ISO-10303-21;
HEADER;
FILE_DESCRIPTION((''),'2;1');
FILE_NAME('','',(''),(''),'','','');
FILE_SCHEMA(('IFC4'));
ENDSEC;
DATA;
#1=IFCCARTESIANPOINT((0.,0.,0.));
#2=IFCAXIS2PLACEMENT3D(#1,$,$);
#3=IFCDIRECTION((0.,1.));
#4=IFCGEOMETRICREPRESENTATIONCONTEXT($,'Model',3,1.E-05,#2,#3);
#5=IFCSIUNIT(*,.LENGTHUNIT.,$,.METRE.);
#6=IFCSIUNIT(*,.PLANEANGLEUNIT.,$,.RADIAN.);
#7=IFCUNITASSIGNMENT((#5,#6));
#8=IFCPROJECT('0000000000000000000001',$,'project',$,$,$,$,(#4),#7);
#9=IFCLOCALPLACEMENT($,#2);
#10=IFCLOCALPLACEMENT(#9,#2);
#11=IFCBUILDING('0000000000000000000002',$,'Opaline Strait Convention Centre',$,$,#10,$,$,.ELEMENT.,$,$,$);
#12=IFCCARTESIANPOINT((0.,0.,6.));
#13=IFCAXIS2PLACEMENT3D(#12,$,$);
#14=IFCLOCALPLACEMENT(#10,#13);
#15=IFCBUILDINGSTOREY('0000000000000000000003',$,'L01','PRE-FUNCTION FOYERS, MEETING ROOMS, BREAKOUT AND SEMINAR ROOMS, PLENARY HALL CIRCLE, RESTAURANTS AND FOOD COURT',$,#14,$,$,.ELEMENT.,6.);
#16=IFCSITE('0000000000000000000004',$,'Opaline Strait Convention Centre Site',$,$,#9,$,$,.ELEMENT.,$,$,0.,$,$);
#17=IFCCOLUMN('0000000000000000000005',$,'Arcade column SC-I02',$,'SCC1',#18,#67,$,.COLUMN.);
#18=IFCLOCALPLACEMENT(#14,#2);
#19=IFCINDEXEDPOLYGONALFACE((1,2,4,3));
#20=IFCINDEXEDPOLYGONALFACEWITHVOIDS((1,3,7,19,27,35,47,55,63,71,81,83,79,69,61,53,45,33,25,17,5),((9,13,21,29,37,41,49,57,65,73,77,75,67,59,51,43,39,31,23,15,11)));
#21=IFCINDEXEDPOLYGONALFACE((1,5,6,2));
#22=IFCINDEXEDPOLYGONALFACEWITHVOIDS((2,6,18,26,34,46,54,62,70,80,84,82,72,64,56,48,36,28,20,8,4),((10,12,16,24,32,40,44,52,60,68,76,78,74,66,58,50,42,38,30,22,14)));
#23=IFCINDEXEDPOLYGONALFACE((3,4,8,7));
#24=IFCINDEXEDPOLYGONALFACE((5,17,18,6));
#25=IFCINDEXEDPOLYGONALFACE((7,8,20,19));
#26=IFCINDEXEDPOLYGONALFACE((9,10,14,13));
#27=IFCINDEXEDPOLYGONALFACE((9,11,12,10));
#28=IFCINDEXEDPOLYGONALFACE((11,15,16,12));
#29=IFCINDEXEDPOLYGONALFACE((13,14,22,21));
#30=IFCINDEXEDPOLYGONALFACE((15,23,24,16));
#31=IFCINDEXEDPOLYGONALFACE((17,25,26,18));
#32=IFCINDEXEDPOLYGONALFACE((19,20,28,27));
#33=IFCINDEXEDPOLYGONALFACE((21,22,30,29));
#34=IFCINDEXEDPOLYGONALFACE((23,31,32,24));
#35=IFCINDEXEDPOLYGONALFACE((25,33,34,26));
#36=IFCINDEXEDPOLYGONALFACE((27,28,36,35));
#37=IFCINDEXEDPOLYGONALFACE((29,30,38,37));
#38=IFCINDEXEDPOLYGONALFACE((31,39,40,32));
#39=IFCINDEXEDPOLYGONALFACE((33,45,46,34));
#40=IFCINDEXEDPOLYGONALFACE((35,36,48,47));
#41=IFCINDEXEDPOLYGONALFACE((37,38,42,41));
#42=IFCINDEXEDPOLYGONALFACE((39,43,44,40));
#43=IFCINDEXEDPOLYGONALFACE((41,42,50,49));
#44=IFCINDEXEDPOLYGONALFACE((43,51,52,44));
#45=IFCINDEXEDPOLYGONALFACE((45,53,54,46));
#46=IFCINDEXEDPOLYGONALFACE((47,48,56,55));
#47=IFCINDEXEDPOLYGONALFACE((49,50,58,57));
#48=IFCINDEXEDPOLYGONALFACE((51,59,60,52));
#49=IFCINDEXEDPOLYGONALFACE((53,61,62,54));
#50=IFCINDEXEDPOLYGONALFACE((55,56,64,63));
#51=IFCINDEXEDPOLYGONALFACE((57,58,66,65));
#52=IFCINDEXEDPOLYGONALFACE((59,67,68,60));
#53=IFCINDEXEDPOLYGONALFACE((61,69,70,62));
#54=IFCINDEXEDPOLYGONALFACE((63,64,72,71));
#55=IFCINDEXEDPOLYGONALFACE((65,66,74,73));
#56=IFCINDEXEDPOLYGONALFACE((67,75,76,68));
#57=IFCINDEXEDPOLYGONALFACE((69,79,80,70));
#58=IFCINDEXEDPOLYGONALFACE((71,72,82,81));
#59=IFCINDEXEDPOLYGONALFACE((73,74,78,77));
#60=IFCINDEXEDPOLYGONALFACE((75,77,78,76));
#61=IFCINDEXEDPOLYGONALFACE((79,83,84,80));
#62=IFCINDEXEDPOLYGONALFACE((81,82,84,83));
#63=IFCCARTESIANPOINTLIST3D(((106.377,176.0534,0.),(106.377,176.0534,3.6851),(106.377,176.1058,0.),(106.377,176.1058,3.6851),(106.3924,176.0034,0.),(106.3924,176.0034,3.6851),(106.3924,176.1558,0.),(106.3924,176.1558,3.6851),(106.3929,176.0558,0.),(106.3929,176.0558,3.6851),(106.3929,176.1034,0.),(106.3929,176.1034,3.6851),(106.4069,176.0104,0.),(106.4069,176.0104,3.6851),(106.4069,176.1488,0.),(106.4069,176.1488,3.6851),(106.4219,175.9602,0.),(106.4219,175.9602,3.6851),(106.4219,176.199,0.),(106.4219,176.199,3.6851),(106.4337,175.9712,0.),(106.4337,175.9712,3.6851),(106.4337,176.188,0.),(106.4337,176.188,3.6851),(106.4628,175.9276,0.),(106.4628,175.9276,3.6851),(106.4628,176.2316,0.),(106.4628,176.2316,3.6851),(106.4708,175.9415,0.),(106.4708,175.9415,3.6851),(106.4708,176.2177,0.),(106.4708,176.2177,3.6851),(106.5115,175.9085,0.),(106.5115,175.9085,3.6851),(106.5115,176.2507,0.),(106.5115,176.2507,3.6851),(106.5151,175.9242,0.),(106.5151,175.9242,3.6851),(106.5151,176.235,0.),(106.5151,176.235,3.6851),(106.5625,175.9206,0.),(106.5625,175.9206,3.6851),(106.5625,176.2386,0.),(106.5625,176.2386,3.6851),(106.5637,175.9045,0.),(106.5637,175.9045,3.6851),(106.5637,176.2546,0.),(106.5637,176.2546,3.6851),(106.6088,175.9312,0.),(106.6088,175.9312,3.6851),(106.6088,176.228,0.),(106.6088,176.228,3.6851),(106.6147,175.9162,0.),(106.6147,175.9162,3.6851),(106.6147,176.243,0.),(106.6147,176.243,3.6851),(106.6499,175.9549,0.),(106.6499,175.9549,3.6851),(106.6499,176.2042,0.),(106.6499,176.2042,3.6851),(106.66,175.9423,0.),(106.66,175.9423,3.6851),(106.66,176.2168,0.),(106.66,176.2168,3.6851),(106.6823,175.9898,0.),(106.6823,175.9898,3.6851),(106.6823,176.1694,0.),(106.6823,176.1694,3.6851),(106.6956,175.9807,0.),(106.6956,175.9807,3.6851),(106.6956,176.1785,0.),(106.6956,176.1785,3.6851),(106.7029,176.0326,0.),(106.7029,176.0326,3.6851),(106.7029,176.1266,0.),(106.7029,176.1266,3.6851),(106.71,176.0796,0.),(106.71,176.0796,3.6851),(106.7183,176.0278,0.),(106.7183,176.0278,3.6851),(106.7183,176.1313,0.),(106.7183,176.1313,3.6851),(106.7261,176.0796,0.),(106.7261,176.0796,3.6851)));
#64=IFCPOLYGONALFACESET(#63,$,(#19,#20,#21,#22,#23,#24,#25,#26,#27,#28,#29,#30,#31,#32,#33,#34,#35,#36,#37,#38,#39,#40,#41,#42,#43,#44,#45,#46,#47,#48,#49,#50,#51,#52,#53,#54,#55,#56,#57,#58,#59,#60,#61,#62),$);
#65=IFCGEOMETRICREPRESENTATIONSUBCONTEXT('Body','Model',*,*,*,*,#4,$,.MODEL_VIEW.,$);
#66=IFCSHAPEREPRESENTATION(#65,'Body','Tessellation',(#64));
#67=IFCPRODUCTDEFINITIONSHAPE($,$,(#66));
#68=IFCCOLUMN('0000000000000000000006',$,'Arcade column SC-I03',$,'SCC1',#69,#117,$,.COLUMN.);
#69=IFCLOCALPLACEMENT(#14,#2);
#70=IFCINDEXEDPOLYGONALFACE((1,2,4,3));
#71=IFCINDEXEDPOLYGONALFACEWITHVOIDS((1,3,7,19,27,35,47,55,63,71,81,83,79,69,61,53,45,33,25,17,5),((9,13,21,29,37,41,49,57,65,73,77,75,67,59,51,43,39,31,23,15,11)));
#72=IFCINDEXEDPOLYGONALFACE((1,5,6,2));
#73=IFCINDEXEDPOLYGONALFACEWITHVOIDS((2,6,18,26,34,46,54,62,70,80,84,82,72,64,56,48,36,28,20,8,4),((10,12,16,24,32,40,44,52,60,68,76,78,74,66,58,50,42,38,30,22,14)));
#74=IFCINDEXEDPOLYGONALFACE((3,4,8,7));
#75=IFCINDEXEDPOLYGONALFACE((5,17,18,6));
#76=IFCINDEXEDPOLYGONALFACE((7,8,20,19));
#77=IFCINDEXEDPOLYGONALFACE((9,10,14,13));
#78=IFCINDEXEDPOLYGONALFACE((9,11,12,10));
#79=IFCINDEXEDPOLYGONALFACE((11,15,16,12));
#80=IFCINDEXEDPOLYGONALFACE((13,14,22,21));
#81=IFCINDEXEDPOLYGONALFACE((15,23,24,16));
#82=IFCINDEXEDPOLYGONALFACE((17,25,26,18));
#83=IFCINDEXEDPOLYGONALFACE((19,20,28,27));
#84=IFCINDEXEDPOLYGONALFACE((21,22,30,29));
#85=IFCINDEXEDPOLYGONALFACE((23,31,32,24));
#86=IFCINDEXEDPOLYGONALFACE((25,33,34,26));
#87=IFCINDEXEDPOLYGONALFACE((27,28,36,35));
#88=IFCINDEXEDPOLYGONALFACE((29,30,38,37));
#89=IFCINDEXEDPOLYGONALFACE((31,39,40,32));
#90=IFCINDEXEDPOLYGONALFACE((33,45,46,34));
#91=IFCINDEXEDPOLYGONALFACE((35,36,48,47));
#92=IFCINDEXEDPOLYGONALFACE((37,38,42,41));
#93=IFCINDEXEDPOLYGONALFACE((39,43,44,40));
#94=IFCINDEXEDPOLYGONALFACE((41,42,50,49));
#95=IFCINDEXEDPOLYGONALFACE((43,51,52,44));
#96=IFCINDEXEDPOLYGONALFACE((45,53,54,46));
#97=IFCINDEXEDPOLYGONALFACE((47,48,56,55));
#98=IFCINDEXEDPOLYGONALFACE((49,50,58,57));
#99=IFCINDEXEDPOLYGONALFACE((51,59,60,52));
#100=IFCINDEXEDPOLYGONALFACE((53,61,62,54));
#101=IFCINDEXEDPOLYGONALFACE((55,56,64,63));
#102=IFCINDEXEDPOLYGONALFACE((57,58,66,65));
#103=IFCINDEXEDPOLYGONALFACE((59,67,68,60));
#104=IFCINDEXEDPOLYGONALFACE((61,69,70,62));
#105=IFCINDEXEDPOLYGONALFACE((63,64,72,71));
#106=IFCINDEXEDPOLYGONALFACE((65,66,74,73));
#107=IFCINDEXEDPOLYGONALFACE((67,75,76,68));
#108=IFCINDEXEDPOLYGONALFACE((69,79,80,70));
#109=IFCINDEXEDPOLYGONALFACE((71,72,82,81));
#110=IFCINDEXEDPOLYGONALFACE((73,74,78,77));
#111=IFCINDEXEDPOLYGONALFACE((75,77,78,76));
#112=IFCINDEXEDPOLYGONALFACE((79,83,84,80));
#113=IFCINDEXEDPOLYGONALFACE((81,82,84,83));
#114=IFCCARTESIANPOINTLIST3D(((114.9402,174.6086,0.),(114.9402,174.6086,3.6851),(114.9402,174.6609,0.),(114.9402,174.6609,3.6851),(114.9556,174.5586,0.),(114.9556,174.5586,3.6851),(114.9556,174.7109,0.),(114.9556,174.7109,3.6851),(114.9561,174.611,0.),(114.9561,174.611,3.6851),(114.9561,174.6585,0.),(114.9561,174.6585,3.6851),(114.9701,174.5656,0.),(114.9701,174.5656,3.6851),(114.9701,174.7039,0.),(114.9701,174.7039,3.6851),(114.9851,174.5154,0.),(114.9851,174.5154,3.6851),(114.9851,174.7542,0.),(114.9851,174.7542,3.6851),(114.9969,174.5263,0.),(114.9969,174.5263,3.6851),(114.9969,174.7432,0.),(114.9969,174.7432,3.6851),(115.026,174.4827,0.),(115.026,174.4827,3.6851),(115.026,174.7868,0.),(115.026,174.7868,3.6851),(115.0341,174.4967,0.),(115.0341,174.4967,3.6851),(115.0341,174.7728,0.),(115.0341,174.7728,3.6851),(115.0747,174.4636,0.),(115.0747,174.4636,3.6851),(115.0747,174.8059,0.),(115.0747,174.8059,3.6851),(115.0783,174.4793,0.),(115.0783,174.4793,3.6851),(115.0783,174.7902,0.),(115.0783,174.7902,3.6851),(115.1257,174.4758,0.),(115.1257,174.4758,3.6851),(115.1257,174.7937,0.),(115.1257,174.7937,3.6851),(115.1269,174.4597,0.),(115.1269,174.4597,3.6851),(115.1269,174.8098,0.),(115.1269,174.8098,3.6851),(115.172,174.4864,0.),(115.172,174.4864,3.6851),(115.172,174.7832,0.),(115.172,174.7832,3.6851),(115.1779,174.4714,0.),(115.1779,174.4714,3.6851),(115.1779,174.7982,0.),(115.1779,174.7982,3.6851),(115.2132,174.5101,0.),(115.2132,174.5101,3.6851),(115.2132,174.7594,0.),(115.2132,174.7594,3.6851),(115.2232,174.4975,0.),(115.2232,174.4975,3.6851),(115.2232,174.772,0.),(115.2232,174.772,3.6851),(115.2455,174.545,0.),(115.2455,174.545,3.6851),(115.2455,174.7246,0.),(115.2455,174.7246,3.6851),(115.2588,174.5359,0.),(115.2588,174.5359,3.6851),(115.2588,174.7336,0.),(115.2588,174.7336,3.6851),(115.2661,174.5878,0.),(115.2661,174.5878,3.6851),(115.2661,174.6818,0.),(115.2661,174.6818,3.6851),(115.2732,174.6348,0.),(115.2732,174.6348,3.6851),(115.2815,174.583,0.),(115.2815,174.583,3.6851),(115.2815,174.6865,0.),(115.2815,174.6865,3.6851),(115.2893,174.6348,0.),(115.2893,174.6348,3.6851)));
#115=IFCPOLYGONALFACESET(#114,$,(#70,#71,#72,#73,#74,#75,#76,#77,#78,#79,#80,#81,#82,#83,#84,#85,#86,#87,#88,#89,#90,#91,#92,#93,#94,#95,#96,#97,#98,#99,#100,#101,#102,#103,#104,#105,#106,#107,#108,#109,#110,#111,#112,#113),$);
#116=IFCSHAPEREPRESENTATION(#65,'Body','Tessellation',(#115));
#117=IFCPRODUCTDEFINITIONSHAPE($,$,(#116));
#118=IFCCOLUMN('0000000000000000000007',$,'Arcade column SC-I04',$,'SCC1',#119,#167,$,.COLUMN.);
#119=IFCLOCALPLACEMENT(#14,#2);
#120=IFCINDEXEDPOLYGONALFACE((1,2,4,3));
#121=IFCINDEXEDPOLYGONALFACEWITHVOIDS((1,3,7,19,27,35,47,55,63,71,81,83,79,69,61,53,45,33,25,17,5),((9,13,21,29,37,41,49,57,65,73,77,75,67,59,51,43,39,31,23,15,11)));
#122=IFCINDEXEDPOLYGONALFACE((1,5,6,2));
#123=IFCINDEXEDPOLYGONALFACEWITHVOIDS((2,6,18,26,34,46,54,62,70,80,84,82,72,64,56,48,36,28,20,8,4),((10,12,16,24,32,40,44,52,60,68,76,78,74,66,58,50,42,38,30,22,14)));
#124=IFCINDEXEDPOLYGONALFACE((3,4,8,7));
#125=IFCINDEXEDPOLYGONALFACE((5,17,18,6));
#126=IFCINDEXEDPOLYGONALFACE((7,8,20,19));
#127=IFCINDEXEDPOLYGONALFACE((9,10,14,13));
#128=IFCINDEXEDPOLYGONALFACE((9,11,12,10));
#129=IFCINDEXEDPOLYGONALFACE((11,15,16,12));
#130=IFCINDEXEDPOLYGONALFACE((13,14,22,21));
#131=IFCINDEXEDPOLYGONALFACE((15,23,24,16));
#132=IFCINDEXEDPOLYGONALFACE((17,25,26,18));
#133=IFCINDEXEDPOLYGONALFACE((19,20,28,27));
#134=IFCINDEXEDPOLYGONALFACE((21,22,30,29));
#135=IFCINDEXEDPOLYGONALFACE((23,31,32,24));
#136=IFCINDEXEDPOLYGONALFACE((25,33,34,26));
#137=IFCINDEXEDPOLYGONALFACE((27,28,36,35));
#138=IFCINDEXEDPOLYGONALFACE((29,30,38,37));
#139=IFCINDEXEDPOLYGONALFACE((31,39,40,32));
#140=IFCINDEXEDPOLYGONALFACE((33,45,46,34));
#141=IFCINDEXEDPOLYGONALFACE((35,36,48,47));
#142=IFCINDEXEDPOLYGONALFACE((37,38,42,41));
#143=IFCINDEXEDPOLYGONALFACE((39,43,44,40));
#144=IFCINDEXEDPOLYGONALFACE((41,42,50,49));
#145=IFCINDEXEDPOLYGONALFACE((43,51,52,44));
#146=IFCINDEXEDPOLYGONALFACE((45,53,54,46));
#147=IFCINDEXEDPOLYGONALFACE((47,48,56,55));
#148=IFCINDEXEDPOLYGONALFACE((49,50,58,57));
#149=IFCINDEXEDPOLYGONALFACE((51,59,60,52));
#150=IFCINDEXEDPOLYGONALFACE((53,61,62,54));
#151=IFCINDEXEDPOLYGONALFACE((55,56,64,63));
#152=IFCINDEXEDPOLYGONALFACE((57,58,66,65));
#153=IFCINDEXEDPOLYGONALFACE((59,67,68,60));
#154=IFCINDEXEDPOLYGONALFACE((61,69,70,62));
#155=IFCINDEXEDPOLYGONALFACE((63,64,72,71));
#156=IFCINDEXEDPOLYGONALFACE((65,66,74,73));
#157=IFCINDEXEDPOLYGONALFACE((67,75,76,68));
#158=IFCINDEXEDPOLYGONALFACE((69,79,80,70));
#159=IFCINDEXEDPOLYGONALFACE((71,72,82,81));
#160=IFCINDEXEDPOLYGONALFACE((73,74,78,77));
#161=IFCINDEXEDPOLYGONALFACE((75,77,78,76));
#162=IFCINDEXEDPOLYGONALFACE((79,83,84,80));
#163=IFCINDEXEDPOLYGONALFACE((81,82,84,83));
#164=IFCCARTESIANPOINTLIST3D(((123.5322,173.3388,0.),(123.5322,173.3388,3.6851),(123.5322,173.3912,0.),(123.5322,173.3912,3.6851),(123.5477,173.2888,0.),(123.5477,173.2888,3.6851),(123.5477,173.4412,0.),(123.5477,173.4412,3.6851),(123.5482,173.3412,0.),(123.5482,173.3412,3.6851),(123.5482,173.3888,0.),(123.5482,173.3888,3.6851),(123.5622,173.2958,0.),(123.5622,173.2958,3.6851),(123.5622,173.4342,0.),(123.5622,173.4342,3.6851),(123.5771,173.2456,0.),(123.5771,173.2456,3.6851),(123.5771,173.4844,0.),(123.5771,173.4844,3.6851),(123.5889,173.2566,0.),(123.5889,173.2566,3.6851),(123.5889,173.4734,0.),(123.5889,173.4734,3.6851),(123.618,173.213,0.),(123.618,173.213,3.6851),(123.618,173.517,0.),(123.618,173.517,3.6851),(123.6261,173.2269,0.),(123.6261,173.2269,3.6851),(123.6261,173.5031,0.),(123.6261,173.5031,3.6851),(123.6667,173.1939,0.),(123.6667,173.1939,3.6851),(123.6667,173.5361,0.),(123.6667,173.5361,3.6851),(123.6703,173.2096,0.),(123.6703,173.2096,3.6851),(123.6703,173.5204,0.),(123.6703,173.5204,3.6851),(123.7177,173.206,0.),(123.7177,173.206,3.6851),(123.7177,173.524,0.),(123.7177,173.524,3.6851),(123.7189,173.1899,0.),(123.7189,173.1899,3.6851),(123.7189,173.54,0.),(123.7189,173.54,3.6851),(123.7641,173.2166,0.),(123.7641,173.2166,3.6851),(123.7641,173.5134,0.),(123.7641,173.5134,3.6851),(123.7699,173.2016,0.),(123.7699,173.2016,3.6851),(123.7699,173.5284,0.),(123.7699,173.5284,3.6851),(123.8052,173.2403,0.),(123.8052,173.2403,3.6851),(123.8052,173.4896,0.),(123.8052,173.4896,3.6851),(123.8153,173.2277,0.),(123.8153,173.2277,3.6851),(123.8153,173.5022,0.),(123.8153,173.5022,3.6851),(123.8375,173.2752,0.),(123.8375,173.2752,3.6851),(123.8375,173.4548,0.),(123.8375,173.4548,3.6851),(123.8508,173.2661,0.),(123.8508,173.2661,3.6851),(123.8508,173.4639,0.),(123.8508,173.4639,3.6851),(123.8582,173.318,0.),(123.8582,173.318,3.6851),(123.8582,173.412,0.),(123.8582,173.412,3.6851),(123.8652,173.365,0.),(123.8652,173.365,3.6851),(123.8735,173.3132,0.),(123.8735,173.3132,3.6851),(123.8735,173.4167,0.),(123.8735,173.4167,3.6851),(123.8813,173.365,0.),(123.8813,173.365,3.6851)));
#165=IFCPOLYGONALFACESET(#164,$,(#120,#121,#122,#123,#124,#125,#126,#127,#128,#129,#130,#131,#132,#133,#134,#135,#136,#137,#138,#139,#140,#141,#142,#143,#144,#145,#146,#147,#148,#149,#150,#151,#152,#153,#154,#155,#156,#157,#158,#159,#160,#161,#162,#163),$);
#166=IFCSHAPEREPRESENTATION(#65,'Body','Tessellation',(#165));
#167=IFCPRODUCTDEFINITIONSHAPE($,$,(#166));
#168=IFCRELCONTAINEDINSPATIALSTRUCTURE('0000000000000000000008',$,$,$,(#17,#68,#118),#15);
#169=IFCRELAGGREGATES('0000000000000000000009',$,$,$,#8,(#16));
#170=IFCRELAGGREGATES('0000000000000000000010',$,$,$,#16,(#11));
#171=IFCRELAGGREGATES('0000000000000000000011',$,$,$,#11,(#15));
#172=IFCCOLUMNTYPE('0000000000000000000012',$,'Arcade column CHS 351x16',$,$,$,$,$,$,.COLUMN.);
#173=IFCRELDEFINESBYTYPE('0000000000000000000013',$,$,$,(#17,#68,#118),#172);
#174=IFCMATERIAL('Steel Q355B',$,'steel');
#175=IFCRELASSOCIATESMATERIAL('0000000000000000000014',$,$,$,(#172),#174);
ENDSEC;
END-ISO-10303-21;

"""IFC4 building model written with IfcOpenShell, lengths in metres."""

from ifc_helpers import new_model, si_unit, direction, frame, origin, origin_2d, place, context, subcontext, project, spatial, hollow_circle, extrude, material, material_profile, profile_set, type_object, element, save


model = new_model("IFC4")

# Units and contexts
model_context = context("Model", 3, precision=1e-05, world=origin(), true_north=direction((0.0, 1.0)))
body_context = subcontext(model_context, "Body", "Model", "MODEL_VIEW")
ifc_project = project(units=[si_unit("LENGTHUNIT", "METRE"), si_unit("PLANEANGLEUNIT", "RADIAN")], contexts=[model_context])

# Site, building, storey
site_placement = place(None, origin())
site = spatial("IfcSite", under=ifc_project, at=site_placement, Name="Opaline Strait Convention Centre Site", CompositionType="ELEMENT", RefElevation=0.0)
building_placement = place(site_placement, origin())
building = spatial("IfcBuilding", under=site, at=building_placement, Name="Opaline Strait Convention Centre", CompositionType="ELEMENT")
storey_placement = place(building_placement, frame((0.0, 0.0, 6.0)))
storey = spatial("IfcBuildingStorey", under=building, at=storey_placement, Name="L01", Description="PRE-FUNCTION FOYERS, MEETING ROOMS, BREAKOUT AND SEMINAR ROOMS, PLENARY HALL CIRCLE, RESTAURANTS AND FOOD COURT", CompositionType="ELEMENT", Elevation=6.0)

# Columns
ifc_material_1 = material(Name="Steel Q355B", Category="steel")
ifc_material_profile_1 = material_profile(ifc_material_1, hollow_circle(Radius=0.1755, WallThickness=0.0161, at=origin_2d()), Name="CHS 351x16")
ifc_profile_set_1 = profile_set([ifc_material_profile_1], Name="Steel Q355B")
column_type = type_object("IfcColumnType", Name="Arcade column CHS 351x16", PredefinedType="COLUMN", material=ifc_profile_set_1)
for number, where, z_axis, x_axis, name in (
    (1, (106.5505, 176.0796, 0.0), (0.0, 0.0, 1.0), (1.0, 0.0, 0.0), "Arcade column SC-I02"),
    (2, (115.1138, 174.6348, 0.0), (0.0, 0.0, 1.0), (1.0, 0.0, 0.0), "Arcade column SC-I03"),
    (3, (123.7058, 173.365, 0.0), (0.0, 0.0, 1.0), (1.0, 0.0, 0.0), "Arcade column SC-I04"),
):
    element("IfcColumn", number, at=place(storey_placement, frame(where, z_axis=z_axis, x_axis=x_axis)), inside=storey, type_object=column_type, Name=name, ObjectType="SCC1", PredefinedType="COLUMN", context=body_context, shape_type="SweptSolid", body=[
        extrude(hollow_circle(Radius=0.1755, WallThickness=0.0161, at=origin_2d()), origin(), (0.0, 0.0, 1.0), 3.6851),
    ])

save(model, "model.ifc")
